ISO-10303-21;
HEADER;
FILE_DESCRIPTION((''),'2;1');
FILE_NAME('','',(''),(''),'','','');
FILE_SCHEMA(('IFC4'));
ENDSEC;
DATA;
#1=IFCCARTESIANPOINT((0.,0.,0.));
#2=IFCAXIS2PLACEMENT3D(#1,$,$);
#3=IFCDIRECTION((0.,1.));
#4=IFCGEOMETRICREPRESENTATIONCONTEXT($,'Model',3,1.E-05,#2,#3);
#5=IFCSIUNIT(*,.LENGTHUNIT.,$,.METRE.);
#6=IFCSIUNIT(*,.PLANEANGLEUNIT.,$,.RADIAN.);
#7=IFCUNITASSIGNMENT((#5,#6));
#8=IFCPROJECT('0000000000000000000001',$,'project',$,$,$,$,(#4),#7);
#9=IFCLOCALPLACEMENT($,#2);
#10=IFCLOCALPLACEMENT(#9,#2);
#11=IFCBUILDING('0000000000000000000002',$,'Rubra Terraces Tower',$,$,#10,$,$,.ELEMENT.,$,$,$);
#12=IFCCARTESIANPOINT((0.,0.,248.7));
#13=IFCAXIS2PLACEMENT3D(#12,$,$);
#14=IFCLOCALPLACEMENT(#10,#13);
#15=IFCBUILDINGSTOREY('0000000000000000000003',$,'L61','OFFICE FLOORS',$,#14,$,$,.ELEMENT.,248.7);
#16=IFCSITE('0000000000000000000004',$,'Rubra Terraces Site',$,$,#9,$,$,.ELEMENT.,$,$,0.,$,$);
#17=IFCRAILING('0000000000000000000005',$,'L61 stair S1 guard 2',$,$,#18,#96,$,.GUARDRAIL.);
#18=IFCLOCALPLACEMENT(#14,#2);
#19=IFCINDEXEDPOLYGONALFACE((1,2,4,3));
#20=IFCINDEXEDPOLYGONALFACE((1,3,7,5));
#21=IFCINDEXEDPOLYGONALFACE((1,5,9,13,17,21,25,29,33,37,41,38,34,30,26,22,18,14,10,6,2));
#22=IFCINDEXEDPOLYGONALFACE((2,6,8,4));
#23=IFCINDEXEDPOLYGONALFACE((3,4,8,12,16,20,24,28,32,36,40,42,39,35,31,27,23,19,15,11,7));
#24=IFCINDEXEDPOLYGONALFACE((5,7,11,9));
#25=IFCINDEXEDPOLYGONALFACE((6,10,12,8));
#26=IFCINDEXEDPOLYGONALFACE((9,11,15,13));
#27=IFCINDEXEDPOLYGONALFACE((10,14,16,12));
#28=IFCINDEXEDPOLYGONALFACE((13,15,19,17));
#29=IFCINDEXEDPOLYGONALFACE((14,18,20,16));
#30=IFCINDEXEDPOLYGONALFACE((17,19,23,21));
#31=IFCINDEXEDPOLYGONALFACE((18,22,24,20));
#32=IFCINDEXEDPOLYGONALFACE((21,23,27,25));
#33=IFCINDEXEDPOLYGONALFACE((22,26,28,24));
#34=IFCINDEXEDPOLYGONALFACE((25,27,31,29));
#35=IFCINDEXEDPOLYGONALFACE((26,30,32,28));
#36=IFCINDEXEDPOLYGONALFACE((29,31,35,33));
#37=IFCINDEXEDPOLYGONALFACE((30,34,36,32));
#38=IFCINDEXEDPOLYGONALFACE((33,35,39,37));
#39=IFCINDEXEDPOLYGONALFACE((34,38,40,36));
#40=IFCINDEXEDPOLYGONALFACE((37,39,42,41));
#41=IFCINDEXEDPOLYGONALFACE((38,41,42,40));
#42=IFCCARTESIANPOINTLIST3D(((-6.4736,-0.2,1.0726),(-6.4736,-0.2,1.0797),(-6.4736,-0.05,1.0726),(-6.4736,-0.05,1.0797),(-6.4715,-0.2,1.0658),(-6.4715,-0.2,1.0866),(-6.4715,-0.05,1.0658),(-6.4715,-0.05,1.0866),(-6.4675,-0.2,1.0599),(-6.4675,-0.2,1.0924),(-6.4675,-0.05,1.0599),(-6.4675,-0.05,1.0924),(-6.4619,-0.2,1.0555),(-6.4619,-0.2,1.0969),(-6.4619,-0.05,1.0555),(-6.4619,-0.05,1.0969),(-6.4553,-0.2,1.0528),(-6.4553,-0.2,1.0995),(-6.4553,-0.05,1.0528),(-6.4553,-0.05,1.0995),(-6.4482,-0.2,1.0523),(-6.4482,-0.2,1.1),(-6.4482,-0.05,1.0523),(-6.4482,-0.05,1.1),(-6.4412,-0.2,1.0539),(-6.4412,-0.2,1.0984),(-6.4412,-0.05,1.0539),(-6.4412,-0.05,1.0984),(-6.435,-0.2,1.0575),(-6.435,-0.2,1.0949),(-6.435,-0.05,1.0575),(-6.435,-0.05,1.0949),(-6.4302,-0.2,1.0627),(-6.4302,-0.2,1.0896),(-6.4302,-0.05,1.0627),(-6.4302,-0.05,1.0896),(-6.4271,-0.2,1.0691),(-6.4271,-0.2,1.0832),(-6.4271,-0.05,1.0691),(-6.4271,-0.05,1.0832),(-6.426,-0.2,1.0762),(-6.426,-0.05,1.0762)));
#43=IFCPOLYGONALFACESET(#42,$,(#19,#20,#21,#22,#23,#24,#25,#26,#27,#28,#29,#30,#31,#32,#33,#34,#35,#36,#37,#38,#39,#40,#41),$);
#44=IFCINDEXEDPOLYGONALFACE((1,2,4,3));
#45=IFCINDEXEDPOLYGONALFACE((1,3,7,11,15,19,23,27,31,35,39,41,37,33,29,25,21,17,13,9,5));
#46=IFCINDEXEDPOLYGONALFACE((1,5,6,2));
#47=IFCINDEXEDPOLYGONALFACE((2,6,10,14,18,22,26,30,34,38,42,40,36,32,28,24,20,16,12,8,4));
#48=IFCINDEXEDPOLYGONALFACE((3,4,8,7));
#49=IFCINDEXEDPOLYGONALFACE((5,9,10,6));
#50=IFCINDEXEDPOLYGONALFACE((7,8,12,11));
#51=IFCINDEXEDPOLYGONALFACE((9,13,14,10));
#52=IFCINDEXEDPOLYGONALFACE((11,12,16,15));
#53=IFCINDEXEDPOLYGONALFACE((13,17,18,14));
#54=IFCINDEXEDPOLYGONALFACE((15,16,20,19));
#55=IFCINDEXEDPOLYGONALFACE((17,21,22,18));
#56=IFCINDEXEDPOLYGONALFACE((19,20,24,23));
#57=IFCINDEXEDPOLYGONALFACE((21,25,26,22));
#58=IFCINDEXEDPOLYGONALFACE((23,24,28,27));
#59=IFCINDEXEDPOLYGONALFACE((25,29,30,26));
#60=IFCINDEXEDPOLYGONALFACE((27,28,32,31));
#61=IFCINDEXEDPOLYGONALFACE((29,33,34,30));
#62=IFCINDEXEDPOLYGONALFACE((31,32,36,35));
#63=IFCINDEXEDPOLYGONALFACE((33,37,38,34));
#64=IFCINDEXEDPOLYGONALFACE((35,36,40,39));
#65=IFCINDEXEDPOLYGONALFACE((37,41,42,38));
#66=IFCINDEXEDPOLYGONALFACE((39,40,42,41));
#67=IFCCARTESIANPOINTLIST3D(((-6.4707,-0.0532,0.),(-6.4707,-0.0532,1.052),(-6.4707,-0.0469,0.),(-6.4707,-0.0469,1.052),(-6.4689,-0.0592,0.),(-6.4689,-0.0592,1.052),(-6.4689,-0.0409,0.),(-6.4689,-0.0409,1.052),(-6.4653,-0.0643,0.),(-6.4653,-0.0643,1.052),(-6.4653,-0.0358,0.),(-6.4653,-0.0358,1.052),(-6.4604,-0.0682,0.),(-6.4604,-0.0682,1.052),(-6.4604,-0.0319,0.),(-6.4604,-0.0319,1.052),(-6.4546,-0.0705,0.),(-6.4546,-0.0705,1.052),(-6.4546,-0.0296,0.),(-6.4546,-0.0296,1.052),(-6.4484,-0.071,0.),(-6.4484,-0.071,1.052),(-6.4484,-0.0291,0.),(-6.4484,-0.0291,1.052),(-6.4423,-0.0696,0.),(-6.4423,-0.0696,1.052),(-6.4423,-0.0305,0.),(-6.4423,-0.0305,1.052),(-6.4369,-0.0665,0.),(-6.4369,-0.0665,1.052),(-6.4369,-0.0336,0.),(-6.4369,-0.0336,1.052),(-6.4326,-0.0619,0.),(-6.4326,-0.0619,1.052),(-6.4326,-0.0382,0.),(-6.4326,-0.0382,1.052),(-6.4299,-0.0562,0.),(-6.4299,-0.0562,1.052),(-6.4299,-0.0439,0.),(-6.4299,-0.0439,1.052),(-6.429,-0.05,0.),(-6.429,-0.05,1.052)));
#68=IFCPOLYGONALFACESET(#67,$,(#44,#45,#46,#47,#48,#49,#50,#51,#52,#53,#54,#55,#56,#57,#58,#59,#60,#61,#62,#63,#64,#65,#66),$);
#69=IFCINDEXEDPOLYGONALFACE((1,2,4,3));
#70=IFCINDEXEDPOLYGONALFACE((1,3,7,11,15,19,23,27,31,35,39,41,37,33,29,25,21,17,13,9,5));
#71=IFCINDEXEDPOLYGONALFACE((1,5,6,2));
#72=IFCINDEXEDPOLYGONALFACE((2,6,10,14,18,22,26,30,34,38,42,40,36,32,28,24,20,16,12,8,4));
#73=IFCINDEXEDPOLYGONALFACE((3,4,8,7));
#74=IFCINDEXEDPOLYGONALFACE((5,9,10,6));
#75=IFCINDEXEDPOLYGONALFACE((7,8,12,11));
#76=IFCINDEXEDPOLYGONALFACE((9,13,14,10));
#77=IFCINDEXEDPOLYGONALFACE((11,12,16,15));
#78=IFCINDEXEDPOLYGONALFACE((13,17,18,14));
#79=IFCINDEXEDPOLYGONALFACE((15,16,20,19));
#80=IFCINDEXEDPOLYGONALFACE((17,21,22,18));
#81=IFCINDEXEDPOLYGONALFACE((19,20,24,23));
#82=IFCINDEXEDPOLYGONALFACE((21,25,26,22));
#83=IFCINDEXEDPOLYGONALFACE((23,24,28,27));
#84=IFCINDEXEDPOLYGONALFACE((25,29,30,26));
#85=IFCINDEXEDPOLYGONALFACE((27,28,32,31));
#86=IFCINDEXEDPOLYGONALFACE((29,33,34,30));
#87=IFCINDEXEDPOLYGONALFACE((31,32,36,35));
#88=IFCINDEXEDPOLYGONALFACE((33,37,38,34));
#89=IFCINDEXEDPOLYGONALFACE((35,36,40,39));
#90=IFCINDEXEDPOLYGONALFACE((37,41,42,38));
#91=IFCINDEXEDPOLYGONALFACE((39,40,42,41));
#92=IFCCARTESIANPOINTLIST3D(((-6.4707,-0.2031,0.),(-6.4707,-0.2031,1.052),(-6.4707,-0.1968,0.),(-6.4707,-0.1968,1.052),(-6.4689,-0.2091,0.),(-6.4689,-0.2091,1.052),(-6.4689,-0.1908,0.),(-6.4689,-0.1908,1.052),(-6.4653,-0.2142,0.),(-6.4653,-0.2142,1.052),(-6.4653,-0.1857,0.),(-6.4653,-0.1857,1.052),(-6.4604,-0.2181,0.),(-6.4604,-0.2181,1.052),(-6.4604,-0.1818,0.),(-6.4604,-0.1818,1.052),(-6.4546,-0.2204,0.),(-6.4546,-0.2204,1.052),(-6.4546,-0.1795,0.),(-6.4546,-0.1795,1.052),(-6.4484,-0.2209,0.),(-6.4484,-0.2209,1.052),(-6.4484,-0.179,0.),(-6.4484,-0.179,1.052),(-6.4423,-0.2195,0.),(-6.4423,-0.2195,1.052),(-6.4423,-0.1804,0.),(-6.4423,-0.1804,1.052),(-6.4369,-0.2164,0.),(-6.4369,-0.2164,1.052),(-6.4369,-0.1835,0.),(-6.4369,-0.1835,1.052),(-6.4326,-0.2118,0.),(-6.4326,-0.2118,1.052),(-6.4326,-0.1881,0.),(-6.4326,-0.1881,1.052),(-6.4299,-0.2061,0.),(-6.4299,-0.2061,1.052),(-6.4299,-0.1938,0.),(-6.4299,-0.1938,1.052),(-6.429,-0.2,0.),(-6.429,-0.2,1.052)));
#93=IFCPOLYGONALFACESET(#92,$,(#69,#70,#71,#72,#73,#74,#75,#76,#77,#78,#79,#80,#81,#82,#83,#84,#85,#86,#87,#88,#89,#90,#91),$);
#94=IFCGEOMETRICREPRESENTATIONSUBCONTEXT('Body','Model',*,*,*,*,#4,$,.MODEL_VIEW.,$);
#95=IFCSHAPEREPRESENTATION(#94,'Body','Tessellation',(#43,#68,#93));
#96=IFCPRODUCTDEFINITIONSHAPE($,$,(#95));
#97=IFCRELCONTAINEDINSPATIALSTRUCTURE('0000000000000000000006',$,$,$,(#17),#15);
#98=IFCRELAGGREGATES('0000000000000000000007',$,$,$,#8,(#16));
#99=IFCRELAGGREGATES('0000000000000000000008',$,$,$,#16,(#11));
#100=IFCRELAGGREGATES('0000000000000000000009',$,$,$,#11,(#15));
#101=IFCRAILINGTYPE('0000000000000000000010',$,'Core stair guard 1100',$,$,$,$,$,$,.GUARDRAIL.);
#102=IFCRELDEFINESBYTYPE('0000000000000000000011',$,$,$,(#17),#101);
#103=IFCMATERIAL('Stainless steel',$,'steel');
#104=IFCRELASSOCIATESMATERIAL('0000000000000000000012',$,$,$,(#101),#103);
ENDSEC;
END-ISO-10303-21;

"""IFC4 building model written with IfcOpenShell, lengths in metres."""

from ifc_helpers import new_model, si_unit, direction, frame, origin, origin_2d, place, context, subcontext, project, spatial, circle, extrude, material, type_object, element, save


model = new_model("IFC4")

# Units and contexts
model_context = context("Model", 3, precision=1e-05, world=origin(), true_north=direction((0.0, 1.0)))
body_context = subcontext(model_context, "Body", "Model", "MODEL_VIEW")
ifc_project = project(units=[si_unit("LENGTHUNIT", "METRE"), si_unit("PLANEANGLEUNIT", "RADIAN")], contexts=[model_context])

# Site, building, storey
site_placement = place(None, origin())
site = spatial("IfcSite", under=ifc_project, at=site_placement, Name="Rubra Terraces Site", CompositionType="ELEMENT", RefElevation=0.0)
building_placement = place(site_placement, origin())
building = spatial("IfcBuilding", under=site, at=building_placement, Name="Rubra Terraces Tower", CompositionType="ELEMENT")
storey_placement = place(building_placement, frame((0.0, 0.0, 248.7)))
storey = spatial("IfcBuildingStorey", under=building, at=storey_placement, Name="L61", Description="OFFICE FLOORS", CompositionType="ELEMENT", Elevation=248.7)

# Railing
ifc_material_1 = material(Name="Stainless steel", Category="steel")
railing_type_1 = type_object("IfcRailingType", Name="Core stair guard 1100", PredefinedType="GUARDRAIL", material=ifc_material_1)
railing_1_placement = place(storey_placement, frame((-6.45, -0.05, 0.0)))
element("IfcRailing", 1, at=railing_1_placement, inside=storey, type_object=railing_type_1, Name="L61 stair S1 guard 2", PredefinedType="GUARDRAIL", context=body_context, shape_type="SweptSolid", body=[
    extrude(circle(Radius=0.0239, at=origin_2d()), frame((0.0, 0.0, 1.0762), z_axis=(0.0, -1.0, 0.0), x_axis=(1.0, 0.0, 0.0)), (0.0, 0.0, 1.0), 0.1499),
    extrude(circle(Radius=0.021, at=origin_2d()), origin(), (0.0, 0.0, 1.0), 1.052),
    extrude(circle(Radius=0.021, at=origin_2d()), frame((0.0, -0.1499, 0.0)), (0.0, 0.0, 1.0), 1.052),
])

save(model, "model.ifc")
